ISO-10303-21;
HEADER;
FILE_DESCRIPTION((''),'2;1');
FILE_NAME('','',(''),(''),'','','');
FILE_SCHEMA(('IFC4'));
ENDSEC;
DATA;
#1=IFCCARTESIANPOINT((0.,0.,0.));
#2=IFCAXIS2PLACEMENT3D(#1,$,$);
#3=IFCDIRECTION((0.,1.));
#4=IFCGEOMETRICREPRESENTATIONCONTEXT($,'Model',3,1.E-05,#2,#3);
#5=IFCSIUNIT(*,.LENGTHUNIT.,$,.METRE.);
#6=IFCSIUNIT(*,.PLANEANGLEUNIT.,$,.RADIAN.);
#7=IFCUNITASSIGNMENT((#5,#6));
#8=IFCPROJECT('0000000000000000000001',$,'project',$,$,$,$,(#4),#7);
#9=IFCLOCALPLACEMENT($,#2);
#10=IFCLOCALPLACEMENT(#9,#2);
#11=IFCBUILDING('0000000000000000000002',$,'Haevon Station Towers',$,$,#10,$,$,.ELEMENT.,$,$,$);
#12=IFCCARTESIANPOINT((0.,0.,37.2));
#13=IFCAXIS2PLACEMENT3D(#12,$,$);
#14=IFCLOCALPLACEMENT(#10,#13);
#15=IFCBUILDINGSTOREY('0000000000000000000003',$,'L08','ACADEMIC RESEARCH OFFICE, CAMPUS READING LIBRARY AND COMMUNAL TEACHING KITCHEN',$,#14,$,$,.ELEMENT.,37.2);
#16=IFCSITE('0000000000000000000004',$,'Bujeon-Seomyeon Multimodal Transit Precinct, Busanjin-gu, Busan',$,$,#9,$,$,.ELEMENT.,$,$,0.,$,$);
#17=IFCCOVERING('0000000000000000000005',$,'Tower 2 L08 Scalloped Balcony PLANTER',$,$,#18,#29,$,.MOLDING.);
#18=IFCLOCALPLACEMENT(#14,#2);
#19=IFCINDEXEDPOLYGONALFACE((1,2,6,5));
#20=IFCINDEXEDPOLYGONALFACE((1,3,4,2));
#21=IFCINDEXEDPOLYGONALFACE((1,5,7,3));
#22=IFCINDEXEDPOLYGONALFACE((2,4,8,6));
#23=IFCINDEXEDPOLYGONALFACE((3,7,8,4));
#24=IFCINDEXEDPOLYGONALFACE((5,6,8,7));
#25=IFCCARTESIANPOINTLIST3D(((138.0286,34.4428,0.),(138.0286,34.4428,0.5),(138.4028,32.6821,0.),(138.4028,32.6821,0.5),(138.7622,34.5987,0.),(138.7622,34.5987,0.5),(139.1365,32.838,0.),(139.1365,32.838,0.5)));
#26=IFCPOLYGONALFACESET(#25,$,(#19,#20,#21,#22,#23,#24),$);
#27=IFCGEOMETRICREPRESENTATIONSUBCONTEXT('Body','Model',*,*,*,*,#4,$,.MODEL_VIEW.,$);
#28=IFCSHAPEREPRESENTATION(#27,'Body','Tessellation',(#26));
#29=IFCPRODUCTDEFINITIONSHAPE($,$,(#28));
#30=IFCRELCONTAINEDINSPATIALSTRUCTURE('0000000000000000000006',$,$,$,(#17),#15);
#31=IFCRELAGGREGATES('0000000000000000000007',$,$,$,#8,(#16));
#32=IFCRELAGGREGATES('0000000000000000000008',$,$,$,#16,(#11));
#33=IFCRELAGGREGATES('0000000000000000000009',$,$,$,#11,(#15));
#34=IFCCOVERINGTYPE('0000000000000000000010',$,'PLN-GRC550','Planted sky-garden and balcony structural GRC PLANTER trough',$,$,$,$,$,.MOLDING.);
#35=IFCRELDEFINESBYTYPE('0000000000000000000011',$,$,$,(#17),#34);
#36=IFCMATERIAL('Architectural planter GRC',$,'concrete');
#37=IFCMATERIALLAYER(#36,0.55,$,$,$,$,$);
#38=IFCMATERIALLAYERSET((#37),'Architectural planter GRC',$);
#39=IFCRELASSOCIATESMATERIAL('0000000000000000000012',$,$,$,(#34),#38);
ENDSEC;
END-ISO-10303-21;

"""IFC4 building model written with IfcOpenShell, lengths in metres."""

from ifc_helpers import new_model, si_unit, direction, frame, origin, origin_2d, place, context, subcontext, project, spatial, rectangle, extrude, material, layer, layer_set, type_object, element, save


model = new_model("IFC4")

# Units and contexts
model_context = context("Model", 3, precision=1e-05, world=origin(), true_north=direction((0.0, 1.0)))
body_context = subcontext(model_context, "Body", "Model", "MODEL_VIEW")
ifc_project = project(units=[si_unit("LENGTHUNIT", "METRE"), si_unit("PLANEANGLEUNIT", "RADIAN")], contexts=[model_context])

# Site, building, storey
site_placement = place(None, origin())
site = spatial("IfcSite", under=ifc_project, at=site_placement, Name="Bujeon-Seomyeon Multimodal Transit Precinct, Busanjin-gu, Busan", CompositionType="ELEMENT", RefElevation=0.0)
building_placement = place(site_placement, origin())
building = spatial("IfcBuilding", under=site, at=building_placement, Name="Haevon Station Towers", CompositionType="ELEMENT")
storey_placement = place(building_placement, frame((0.0, 0.0, 37.2)))
storey = spatial("IfcBuildingStorey", under=building, at=storey_placement, Name="L08", Description="ACADEMIC RESEARCH OFFICE, CAMPUS READING LIBRARY AND COMMUNAL TEACHING KITCHEN", CompositionType="ELEMENT", Elevation=37.2)

# Covering
ifc_material_1 = material(Name="Architectural planter GRC", Category="concrete")
ifc_layer_1 = layer(ifc_material_1, 0.55)
ifc_layer_set_1 = layer_set([ifc_layer_1], Name="Architectural planter GRC")
covering_type = type_object("IfcCoveringType", Name="PLN-GRC550", Description="Planted sky-garden and balcony structural GRC PLANTER trough", PredefinedType="MOLDING", material=ifc_layer_set_1)
covering_placement = place(storey_placement, frame((138.5825, 33.6404, 0.0), z_axis=(0.0, 0.0, 1.0), x_axis=(0.978148, 0.207912, 0.0)))
element("IfcCovering", 1, at=covering_placement, inside=storey, type_object=covering_type, Name="Tower 2 L08 Scalloped Balcony PLANTER", PredefinedType="MOLDING", context=body_context, shape_type="SweptSolid", body=[
    extrude(rectangle(XDim=0.75, YDim=1.8, at=origin_2d()), origin(), (0.0, 0.0, 1.0), 0.5),
])

save(model, "model.ifc")
